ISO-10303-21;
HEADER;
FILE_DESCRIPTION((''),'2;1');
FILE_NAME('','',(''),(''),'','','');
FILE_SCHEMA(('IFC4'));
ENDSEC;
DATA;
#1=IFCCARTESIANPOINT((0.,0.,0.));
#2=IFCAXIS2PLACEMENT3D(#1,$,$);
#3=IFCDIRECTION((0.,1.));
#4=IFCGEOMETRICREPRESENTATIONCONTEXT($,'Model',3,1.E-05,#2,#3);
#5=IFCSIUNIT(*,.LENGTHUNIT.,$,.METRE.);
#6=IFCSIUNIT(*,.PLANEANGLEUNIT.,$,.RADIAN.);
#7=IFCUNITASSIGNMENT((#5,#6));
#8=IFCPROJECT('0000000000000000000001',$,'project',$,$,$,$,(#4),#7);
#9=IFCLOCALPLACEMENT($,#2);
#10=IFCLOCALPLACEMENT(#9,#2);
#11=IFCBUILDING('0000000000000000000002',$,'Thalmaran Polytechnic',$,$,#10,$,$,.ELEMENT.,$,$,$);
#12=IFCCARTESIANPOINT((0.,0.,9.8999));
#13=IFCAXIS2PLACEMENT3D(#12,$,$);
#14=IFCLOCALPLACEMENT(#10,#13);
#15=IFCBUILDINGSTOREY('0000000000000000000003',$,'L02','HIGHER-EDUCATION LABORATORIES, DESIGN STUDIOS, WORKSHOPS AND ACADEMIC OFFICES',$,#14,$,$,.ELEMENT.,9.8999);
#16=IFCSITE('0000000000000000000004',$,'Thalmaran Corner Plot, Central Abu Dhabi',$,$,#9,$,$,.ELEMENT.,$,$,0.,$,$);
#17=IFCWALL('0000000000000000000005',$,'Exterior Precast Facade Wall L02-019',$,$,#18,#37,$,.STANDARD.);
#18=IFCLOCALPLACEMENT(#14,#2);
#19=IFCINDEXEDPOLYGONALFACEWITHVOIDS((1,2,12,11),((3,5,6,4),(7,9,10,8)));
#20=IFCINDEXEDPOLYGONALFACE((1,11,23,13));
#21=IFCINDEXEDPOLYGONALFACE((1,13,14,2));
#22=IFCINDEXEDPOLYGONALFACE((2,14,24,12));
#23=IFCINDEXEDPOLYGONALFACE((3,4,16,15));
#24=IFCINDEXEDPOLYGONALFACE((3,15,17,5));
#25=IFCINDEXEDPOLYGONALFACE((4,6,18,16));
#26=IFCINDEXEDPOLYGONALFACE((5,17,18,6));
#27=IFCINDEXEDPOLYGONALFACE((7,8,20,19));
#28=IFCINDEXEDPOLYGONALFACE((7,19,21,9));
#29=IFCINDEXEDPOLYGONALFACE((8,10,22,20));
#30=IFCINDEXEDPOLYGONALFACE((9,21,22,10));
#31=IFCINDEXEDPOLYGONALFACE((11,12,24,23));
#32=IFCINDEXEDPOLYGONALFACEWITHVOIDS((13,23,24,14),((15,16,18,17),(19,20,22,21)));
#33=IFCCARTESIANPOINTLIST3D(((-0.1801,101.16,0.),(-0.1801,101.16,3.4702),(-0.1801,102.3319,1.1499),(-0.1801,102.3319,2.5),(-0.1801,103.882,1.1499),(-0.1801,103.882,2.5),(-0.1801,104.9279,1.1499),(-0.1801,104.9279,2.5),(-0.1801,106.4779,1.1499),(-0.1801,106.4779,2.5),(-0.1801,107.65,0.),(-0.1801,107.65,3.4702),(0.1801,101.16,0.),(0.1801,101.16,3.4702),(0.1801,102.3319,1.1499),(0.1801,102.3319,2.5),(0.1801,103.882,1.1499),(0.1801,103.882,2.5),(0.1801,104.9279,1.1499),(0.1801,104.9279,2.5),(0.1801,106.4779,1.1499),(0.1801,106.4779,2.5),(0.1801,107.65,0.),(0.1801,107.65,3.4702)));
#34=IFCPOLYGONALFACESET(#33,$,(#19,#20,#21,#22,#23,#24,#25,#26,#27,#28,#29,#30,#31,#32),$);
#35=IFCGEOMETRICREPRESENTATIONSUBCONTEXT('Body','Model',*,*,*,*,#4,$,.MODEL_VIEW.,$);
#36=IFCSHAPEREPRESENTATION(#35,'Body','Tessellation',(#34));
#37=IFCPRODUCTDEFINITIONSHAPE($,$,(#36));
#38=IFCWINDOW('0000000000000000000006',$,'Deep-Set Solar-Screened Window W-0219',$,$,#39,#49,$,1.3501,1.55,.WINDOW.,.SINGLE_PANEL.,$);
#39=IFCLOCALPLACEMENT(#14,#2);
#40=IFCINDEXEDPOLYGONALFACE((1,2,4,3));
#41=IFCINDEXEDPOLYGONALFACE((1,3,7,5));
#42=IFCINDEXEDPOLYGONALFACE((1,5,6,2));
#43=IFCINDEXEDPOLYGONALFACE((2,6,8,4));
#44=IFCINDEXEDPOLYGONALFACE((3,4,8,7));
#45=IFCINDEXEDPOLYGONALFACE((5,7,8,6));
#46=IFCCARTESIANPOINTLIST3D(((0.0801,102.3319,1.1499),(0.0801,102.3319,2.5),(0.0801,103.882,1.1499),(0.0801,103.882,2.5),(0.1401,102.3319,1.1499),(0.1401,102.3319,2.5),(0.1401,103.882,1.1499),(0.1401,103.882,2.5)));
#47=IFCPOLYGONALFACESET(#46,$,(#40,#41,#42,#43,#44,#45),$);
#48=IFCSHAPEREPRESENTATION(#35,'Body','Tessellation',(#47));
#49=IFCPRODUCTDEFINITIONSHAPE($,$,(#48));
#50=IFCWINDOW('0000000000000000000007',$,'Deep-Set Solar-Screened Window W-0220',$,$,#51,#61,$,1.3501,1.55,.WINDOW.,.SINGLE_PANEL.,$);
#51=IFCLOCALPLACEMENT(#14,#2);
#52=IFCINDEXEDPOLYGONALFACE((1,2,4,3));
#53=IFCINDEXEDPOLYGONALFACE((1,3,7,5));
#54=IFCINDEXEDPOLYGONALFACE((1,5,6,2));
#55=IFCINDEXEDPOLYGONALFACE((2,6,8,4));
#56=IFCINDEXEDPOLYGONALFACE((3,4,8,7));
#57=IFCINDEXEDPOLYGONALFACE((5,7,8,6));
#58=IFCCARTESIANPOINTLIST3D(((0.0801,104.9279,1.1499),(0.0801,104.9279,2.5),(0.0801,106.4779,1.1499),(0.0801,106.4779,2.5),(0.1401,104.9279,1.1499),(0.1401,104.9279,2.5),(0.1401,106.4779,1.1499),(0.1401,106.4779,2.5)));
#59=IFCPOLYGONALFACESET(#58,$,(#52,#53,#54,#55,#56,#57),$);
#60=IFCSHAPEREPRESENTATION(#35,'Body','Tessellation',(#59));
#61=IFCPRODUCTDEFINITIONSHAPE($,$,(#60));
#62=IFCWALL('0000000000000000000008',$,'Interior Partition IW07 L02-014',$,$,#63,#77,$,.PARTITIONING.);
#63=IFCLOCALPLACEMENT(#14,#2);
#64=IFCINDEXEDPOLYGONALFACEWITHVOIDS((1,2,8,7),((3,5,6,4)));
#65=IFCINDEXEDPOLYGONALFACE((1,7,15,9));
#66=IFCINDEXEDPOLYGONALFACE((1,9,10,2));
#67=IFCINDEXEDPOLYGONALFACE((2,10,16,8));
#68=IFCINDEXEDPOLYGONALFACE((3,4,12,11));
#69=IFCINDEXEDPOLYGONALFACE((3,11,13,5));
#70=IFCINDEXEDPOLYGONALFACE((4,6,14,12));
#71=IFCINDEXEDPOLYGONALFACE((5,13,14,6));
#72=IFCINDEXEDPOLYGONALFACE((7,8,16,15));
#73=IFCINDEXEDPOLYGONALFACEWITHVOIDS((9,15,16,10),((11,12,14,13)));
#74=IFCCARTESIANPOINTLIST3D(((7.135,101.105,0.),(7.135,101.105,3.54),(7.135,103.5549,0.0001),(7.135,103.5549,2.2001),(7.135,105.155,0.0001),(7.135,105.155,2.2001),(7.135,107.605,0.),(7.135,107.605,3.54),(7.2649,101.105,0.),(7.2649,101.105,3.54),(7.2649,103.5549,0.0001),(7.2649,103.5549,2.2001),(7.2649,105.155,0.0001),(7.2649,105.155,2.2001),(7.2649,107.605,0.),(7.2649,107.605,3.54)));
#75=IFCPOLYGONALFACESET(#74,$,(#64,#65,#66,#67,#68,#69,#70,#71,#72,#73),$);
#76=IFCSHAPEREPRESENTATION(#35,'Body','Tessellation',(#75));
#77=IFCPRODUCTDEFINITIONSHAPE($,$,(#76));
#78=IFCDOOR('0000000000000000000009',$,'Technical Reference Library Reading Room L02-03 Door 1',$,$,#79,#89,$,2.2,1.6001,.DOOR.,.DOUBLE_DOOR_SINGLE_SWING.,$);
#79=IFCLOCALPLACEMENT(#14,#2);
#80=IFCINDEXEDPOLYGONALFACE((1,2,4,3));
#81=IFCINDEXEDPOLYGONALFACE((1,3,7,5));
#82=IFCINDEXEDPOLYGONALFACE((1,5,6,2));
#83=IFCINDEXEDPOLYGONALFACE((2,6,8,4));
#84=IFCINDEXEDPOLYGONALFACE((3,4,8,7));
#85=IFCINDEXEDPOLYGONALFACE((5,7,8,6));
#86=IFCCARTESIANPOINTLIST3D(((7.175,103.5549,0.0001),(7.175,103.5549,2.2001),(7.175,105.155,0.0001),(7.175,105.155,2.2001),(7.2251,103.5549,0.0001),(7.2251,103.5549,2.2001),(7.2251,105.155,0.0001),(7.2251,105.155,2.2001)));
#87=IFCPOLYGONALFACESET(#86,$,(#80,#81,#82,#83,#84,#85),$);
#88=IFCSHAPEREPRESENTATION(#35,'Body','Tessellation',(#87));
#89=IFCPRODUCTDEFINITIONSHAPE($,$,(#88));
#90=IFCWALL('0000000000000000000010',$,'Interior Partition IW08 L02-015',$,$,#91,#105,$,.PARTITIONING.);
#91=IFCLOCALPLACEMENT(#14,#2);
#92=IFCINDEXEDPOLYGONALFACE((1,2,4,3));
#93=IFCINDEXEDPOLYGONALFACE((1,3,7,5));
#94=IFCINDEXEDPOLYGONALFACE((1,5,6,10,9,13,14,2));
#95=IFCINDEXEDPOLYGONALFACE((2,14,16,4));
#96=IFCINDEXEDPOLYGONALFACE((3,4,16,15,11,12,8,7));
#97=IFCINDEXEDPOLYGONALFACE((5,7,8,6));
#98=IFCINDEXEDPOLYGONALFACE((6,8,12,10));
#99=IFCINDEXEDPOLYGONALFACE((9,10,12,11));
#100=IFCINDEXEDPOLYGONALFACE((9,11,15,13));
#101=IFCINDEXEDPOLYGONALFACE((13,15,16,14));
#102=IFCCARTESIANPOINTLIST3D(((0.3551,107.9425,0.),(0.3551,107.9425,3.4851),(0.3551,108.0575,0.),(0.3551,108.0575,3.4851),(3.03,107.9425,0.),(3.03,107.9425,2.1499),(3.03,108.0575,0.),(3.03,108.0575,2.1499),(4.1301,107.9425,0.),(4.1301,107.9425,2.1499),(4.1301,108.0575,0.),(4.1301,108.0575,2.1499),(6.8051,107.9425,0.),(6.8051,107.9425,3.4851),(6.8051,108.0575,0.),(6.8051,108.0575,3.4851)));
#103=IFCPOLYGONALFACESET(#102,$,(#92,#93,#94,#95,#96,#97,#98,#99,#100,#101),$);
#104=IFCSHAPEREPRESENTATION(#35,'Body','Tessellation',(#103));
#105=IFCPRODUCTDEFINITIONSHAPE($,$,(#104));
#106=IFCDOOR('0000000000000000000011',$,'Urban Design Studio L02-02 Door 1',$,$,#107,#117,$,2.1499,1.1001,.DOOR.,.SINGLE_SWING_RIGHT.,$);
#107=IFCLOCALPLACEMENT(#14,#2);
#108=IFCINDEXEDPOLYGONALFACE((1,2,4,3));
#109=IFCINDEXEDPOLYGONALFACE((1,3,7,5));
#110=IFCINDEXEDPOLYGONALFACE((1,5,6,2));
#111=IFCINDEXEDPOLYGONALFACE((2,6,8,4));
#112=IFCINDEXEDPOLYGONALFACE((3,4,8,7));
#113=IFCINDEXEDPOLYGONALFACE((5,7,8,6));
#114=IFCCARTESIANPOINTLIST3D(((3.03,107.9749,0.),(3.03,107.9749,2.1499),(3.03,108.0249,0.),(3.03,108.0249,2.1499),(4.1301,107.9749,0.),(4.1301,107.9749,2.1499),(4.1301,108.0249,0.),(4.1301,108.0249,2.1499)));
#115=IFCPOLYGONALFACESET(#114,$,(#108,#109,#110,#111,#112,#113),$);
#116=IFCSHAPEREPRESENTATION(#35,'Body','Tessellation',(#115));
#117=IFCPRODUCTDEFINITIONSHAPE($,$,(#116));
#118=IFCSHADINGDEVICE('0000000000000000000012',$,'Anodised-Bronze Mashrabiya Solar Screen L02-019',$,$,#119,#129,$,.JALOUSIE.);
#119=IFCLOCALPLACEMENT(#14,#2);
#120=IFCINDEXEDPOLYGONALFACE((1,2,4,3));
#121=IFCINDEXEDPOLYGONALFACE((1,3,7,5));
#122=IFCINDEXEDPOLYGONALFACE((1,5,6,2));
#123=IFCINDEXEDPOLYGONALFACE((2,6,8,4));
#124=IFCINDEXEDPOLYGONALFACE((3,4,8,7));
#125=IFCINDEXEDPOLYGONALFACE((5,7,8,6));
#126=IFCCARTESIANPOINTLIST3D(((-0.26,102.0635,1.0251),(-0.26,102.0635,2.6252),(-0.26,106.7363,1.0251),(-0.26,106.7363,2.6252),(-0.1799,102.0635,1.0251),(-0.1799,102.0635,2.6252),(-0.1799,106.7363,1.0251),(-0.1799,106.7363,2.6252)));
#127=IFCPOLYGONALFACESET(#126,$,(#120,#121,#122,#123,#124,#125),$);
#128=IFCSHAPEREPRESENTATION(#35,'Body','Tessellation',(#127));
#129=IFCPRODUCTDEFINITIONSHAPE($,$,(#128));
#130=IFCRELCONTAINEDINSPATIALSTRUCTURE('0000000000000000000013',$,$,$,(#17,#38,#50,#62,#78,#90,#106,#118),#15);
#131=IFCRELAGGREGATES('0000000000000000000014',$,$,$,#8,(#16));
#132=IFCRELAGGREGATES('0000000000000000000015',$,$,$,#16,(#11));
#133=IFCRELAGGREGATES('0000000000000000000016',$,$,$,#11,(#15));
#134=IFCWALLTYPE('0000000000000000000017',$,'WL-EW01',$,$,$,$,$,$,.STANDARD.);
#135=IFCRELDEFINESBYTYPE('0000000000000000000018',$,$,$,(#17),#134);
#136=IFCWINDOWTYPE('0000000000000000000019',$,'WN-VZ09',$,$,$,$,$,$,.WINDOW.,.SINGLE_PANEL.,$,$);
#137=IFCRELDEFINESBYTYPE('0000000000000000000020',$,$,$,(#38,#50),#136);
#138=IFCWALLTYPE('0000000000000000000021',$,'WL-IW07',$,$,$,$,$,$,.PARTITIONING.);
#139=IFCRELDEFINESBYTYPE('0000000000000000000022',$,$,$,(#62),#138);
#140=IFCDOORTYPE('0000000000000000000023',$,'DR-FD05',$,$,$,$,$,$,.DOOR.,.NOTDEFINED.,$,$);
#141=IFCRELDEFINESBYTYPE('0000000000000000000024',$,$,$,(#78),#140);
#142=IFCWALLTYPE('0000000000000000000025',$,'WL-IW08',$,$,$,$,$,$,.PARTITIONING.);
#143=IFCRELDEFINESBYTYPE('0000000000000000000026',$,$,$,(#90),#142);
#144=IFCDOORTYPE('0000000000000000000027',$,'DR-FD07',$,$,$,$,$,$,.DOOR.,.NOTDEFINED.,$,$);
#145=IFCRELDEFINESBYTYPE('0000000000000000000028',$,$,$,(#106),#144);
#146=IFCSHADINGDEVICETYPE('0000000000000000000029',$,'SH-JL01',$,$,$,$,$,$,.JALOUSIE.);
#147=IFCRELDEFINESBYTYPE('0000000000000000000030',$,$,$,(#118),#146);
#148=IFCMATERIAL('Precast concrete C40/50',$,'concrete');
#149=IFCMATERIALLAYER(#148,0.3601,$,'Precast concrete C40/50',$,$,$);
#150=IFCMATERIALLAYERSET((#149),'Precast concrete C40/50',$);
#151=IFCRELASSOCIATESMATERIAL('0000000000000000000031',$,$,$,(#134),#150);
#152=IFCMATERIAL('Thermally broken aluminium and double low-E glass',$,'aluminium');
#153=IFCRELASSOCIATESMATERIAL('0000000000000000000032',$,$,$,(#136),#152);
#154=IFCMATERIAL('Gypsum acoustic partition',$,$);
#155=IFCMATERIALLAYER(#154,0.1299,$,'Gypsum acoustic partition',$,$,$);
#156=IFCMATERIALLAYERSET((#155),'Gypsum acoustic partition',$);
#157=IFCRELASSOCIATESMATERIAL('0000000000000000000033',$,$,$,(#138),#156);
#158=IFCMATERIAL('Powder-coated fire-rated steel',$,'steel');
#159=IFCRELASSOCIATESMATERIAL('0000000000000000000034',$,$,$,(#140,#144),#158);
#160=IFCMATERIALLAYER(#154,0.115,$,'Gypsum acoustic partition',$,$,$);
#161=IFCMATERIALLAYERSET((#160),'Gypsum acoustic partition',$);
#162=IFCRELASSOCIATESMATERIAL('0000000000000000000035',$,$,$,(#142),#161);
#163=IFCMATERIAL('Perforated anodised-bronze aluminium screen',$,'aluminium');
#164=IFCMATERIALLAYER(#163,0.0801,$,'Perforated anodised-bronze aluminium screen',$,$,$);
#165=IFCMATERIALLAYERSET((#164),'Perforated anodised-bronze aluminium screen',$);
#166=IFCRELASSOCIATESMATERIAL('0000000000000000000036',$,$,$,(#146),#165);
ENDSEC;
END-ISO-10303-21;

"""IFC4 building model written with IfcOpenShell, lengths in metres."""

from ifc_helpers import new_model, si_unit, direction, frame, frame_2d, origin, origin_2d, place, context, subcontext, project, spatial, rectangle, extrude, material, layer, layer_set, type_object, element, fill, save


model = new_model("IFC4")

# Units and contexts
model_context = context("Model", 3, precision=1e-05, world=origin(), true_north=direction((0.0, 1.0)))
body_context = subcontext(model_context, "Body", "Model", "MODEL_VIEW")
ifc_project = project(units=[si_unit("LENGTHUNIT", "METRE"), si_unit("PLANEANGLEUNIT", "RADIAN")], contexts=[model_context])

# Site, building, storey
site_placement = place(None, origin())
site = spatial("IfcSite", under=ifc_project, at=site_placement, Name="Thalmaran Corner Plot, Central Abu Dhabi", CompositionType="ELEMENT", RefElevation=0.0)
building_placement = place(site_placement, origin())
building = spatial("IfcBuilding", under=site, at=building_placement, Name="Thalmaran Polytechnic", CompositionType="ELEMENT")
storey_placement = place(building_placement, frame((0.0, 0.0, 9.8999)))
storey = spatial("IfcBuildingStorey", under=building, at=storey_placement, Name="L02", Description="HIGHER-EDUCATION LABORATORIES, DESIGN STUDIOS, WORKSHOPS AND ACADEMIC OFFICES", CompositionType="ELEMENT", Elevation=9.8999)

# Wall, openings, windows
ifc_material_1 = material(Name="Precast concrete C40/50", Category="concrete")
ifc_layer_1 = layer(ifc_material_1, 0.3601, Name="Precast concrete C40/50")
ifc_layer_set_1 = layer_set([ifc_layer_1], Name="Precast concrete C40/50")
wall_type_1 = type_object("IfcWallType", Name="WL-EW01", PredefinedType="STANDARD", material=ifc_layer_set_1)
wall_1_placement = place(storey_placement, frame((0.0, 101.1599, 0.0), z_axis=(0.0, 0.0, 1.0), x_axis=(0.0, 1.0, 0.0)))
wall_1 = element("IfcWall", 1, at=wall_1_placement, inside=storey, type_object=wall_type_1, Name="Exterior Precast Facade Wall L02-019", PredefinedType="STANDARD", context=body_context, shape_type="SweptSolid", body=[
    extrude(rectangle(XDim=6.49, YDim=0.3601, at=frame_2d((3.2451, 0.0))), origin(), (0.0, 0.0, 1.0), 3.4702),
])
opening_1_placement = place(wall_1_placement, frame((1.1721, 0.0, 1.1499)))
opening_1 = element("IfcOpeningElement", 2, at=opening_1_placement, cuts=wall_1, PredefinedType="OPENING", context=body_context, shape_type="SweptSolid", body=[
    extrude(rectangle(XDim=1.55, YDim=1.3501, at=frame_2d((0.7749, 0.675))), frame((0.0, 0.1899, 0.0), z_axis=(0.0, -1.0, 0.0), x_axis=(1.0, 0.0, 0.0)), (0.0, 0.0, 1.0), 0.3801),
])
opening_2_placement = place(wall_1_placement, frame((3.7681, 0.0, 1.1499)))
opening_2 = element("IfcOpeningElement", 3, at=opening_2_placement, cuts=wall_1, PredefinedType="OPENING", context=body_context, shape_type="SweptSolid", body=[
    extrude(rectangle(XDim=1.55, YDim=1.3501, at=frame_2d((0.7749, 0.675))), frame((0.0, 0.1899, 0.0), z_axis=(0.0, -1.0, 0.0), x_axis=(1.0, 0.0, 0.0)), (0.0, 0.0, 1.0), 0.3801),
])
ifc_material_2 = material(Name="Thermally broken aluminium and double low-E glass", Category="aluminium")
window_type = type_object("IfcWindowType", Name="WN-VZ09", PartitioningType="SINGLE_PANEL", PredefinedType="WINDOW", material=ifc_material_2)
window_1_placement = place(opening_1_placement, origin())
window_1 = element("IfcWindow", 4, at=window_1_placement, inside=storey, type_object=window_type, Name="Deep-Set Solar-Screened Window W-0219", OverallHeight=1.3501, OverallWidth=1.55, PartitioningType="SINGLE_PANEL", PredefinedType="WINDOW", context=body_context, shape_type="SweptSolid", body=[
    extrude(rectangle(XDim=1.55, YDim=1.3501, at=frame_2d((0.7749, 0.675))), frame((0.0, -0.0801, 0.0), z_axis=(0.0, -1.0, 0.0), x_axis=(1.0, 0.0, 0.0)), (0.0, 0.0, 1.0), 0.0601),
])
fill(opening_1, window_1)
window_2_placement = place(opening_2_placement, origin())
window_2 = element("IfcWindow", 5, at=window_2_placement, inside=storey, type_object=window_type, Name="Deep-Set Solar-Screened Window W-0220", OverallHeight=1.3501, OverallWidth=1.55, PartitioningType="SINGLE_PANEL", PredefinedType="WINDOW", context=body_context, shape_type="SweptSolid", body=[
    extrude(rectangle(XDim=1.55, YDim=1.3501, at=frame_2d((0.7749, 0.675))), frame((0.0, -0.0801, 0.0), z_axis=(0.0, -1.0, 0.0), x_axis=(1.0, 0.0, 0.0)), (0.0, 0.0, 1.0), 0.0601),
])
fill(opening_2, window_2)

# Walls, openings, doors
ifc_material_3 = material(Name="Gypsum acoustic partition")
ifc_layer_2 = layer(ifc_material_3, 0.1299, Name="Gypsum acoustic partition")
ifc_layer_set_2 = layer_set([ifc_layer_2], Name="Gypsum acoustic partition")
wall_type_2 = type_object("IfcWallType", Name="WL-IW07", PredefinedType="PARTITIONING", material=ifc_layer_set_2)
wall_2_placement = place(storey_placement, frame((7.2, 101.105, 0.0), z_axis=(0.0, 0.0, 1.0), x_axis=(0.0, 1.0, 0.0)))
wall_2 = element("IfcWall", 6, at=wall_2_placement, inside=storey, type_object=wall_type_2, Name="Interior Partition IW07 L02-014", PredefinedType="PARTITIONING", context=body_context, shape_type="SweptSolid", body=[
    extrude(rectangle(XDim=6.5, YDim=0.1299, at=frame_2d((3.25, 0.0))), origin(), (0.0, 0.0, 1.0), 3.54),
])
opening_3_placement = place(wall_2_placement, frame((2.45, 0.0, 0.0)))
opening_3 = element("IfcOpeningElement", 7, at=opening_3_placement, cuts=wall_2, PredefinedType="OPENING", context=body_context, shape_type="SweptSolid", body=[
    extrude(rectangle(XDim=1.6001, YDim=2.2, at=frame_2d((0.8, 1.1001))), frame((0.0, 0.075, 0.0), z_axis=(0.0, -1.0, 0.0), x_axis=(1.0, 0.0, 0.0)), (0.0, 0.0, 1.0), 0.1499),
])
ifc_material_4 = material(Name="Powder-coated fire-rated steel", Category="steel")
door_type_1 = type_object("IfcDoorType", Name="DR-FD05", OperationType="NOTDEFINED", PredefinedType="DOOR", material=ifc_material_4)
door_1_placement = place(opening_3_placement, origin())
door_1 = element("IfcDoor", 8, at=door_1_placement, inside=storey, type_object=door_type_1, Name="Technical Reference Library Reading Room L02-03 Door 1", OperationType="DOUBLE_DOOR_SINGLE_SWING", OverallHeight=2.2, OverallWidth=1.6001, PredefinedType="DOOR", context=body_context, shape_type="SweptSolid", body=[
    extrude(rectangle(XDim=1.6001, YDim=2.2, at=frame_2d((0.8, 1.1001))), frame((0.0, 0.0249, 0.0), z_axis=(0.0, -1.0, 0.0), x_axis=(1.0, 0.0, 0.0)), (0.0, 0.0, 1.0), 0.05),
])
fill(opening_3, door_1)
ifc_layer_3 = layer(ifc_material_3, 0.115, Name="Gypsum acoustic partition")
ifc_layer_set_3 = layer_set([ifc_layer_3], Name="Gypsum acoustic partition")
wall_type_3 = type_object("IfcWallType", Name="WL-IW08", PredefinedType="PARTITIONING", material=ifc_layer_set_3)
wall_3_placement = place(storey_placement, frame((0.355, 108.0, 0.0), z_axis=(0.0, 0.0, 1.0), x_axis=(1.0, 0.0, 0.0)))
wall_3 = element("IfcWall", 9, at=wall_3_placement, inside=storey, type_object=wall_type_3, Name="Interior Partition IW08 L02-015", PredefinedType="PARTITIONING", context=body_context, shape_type="SweptSolid", body=[
    extrude(rectangle(XDim=6.45, YDim=0.115, at=frame_2d((3.2251, 0.0))), origin(), (0.0, 0.0, 1.0), 3.4851),
])
opening_4_placement = place(wall_3_placement, frame((2.675, 0.0, 0.0)))
opening_4 = element("IfcOpeningElement", 10, at=opening_4_placement, cuts=wall_3, PredefinedType="OPENING", context=body_context, shape_type="SweptSolid", body=[
    extrude(rectangle(XDim=1.1001, YDim=2.1499, at=frame_2d((0.55, 1.075))), frame((0.0, 0.0674, 0.0), z_axis=(0.0, -1.0, 0.0), x_axis=(1.0, 0.0, 0.0)), (0.0, 0.0, 1.0), 0.135),
])
door_type_2 = type_object("IfcDoorType", Name="DR-FD07", OperationType="NOTDEFINED", PredefinedType="DOOR", material=ifc_material_4)
door_2_placement = place(opening_4_placement, origin())
door_2 = element("IfcDoor", 11, at=door_2_placement, inside=storey, type_object=door_type_2, Name="Urban Design Studio L02-02 Door 1", OperationType="SINGLE_SWING_RIGHT", OverallHeight=2.1499, OverallWidth=1.1001, PredefinedType="DOOR", context=body_context, shape_type="SweptSolid", body=[
    extrude(rectangle(XDim=1.1001, YDim=2.1499, at=frame_2d((0.55, 1.075))), frame((0.0, 0.0249, 0.0), z_axis=(0.0, -1.0, 0.0), x_axis=(1.0, 0.0, 0.0)), (0.0, 0.0, 1.0), 0.05),
])
fill(opening_4, door_2)

# Shading device
ifc_material_5 = material(Name="Perforated anodised-bronze aluminium screen", Category="aluminium")
ifc_layer_4 = layer(ifc_material_5, 0.0801, Name="Perforated anodised-bronze aluminium screen")
ifc_layer_set_4 = layer_set([ifc_layer_4], Name="Perforated anodised-bronze aluminium screen")
shading_device_type = type_object("IfcShadingDeviceType", Name="SH-JL01", PredefinedType="JALOUSIE", material=ifc_layer_set_4)
shading_device_placement = place(storey_placement, frame((-0.22, 104.3999, 1.0251), z_axis=(0.0, 0.0, 1.0), x_axis=(0.0, 1.0, 0.0)))
element("IfcShadingDevice", 12, at=shading_device_placement, inside=storey, type_object=shading_device_type, Name="Anodised-Bronze Mashrabiya Solar Screen L02-019", PredefinedType="JALOUSIE", context=body_context, shape_type="SweptSolid", body=[
    extrude(rectangle(XDim=4.6729, YDim=0.0801, at=origin_2d()), origin(), (0.0, 0.0, 1.0), 1.6001),
])

save(model, "model.ifc")
